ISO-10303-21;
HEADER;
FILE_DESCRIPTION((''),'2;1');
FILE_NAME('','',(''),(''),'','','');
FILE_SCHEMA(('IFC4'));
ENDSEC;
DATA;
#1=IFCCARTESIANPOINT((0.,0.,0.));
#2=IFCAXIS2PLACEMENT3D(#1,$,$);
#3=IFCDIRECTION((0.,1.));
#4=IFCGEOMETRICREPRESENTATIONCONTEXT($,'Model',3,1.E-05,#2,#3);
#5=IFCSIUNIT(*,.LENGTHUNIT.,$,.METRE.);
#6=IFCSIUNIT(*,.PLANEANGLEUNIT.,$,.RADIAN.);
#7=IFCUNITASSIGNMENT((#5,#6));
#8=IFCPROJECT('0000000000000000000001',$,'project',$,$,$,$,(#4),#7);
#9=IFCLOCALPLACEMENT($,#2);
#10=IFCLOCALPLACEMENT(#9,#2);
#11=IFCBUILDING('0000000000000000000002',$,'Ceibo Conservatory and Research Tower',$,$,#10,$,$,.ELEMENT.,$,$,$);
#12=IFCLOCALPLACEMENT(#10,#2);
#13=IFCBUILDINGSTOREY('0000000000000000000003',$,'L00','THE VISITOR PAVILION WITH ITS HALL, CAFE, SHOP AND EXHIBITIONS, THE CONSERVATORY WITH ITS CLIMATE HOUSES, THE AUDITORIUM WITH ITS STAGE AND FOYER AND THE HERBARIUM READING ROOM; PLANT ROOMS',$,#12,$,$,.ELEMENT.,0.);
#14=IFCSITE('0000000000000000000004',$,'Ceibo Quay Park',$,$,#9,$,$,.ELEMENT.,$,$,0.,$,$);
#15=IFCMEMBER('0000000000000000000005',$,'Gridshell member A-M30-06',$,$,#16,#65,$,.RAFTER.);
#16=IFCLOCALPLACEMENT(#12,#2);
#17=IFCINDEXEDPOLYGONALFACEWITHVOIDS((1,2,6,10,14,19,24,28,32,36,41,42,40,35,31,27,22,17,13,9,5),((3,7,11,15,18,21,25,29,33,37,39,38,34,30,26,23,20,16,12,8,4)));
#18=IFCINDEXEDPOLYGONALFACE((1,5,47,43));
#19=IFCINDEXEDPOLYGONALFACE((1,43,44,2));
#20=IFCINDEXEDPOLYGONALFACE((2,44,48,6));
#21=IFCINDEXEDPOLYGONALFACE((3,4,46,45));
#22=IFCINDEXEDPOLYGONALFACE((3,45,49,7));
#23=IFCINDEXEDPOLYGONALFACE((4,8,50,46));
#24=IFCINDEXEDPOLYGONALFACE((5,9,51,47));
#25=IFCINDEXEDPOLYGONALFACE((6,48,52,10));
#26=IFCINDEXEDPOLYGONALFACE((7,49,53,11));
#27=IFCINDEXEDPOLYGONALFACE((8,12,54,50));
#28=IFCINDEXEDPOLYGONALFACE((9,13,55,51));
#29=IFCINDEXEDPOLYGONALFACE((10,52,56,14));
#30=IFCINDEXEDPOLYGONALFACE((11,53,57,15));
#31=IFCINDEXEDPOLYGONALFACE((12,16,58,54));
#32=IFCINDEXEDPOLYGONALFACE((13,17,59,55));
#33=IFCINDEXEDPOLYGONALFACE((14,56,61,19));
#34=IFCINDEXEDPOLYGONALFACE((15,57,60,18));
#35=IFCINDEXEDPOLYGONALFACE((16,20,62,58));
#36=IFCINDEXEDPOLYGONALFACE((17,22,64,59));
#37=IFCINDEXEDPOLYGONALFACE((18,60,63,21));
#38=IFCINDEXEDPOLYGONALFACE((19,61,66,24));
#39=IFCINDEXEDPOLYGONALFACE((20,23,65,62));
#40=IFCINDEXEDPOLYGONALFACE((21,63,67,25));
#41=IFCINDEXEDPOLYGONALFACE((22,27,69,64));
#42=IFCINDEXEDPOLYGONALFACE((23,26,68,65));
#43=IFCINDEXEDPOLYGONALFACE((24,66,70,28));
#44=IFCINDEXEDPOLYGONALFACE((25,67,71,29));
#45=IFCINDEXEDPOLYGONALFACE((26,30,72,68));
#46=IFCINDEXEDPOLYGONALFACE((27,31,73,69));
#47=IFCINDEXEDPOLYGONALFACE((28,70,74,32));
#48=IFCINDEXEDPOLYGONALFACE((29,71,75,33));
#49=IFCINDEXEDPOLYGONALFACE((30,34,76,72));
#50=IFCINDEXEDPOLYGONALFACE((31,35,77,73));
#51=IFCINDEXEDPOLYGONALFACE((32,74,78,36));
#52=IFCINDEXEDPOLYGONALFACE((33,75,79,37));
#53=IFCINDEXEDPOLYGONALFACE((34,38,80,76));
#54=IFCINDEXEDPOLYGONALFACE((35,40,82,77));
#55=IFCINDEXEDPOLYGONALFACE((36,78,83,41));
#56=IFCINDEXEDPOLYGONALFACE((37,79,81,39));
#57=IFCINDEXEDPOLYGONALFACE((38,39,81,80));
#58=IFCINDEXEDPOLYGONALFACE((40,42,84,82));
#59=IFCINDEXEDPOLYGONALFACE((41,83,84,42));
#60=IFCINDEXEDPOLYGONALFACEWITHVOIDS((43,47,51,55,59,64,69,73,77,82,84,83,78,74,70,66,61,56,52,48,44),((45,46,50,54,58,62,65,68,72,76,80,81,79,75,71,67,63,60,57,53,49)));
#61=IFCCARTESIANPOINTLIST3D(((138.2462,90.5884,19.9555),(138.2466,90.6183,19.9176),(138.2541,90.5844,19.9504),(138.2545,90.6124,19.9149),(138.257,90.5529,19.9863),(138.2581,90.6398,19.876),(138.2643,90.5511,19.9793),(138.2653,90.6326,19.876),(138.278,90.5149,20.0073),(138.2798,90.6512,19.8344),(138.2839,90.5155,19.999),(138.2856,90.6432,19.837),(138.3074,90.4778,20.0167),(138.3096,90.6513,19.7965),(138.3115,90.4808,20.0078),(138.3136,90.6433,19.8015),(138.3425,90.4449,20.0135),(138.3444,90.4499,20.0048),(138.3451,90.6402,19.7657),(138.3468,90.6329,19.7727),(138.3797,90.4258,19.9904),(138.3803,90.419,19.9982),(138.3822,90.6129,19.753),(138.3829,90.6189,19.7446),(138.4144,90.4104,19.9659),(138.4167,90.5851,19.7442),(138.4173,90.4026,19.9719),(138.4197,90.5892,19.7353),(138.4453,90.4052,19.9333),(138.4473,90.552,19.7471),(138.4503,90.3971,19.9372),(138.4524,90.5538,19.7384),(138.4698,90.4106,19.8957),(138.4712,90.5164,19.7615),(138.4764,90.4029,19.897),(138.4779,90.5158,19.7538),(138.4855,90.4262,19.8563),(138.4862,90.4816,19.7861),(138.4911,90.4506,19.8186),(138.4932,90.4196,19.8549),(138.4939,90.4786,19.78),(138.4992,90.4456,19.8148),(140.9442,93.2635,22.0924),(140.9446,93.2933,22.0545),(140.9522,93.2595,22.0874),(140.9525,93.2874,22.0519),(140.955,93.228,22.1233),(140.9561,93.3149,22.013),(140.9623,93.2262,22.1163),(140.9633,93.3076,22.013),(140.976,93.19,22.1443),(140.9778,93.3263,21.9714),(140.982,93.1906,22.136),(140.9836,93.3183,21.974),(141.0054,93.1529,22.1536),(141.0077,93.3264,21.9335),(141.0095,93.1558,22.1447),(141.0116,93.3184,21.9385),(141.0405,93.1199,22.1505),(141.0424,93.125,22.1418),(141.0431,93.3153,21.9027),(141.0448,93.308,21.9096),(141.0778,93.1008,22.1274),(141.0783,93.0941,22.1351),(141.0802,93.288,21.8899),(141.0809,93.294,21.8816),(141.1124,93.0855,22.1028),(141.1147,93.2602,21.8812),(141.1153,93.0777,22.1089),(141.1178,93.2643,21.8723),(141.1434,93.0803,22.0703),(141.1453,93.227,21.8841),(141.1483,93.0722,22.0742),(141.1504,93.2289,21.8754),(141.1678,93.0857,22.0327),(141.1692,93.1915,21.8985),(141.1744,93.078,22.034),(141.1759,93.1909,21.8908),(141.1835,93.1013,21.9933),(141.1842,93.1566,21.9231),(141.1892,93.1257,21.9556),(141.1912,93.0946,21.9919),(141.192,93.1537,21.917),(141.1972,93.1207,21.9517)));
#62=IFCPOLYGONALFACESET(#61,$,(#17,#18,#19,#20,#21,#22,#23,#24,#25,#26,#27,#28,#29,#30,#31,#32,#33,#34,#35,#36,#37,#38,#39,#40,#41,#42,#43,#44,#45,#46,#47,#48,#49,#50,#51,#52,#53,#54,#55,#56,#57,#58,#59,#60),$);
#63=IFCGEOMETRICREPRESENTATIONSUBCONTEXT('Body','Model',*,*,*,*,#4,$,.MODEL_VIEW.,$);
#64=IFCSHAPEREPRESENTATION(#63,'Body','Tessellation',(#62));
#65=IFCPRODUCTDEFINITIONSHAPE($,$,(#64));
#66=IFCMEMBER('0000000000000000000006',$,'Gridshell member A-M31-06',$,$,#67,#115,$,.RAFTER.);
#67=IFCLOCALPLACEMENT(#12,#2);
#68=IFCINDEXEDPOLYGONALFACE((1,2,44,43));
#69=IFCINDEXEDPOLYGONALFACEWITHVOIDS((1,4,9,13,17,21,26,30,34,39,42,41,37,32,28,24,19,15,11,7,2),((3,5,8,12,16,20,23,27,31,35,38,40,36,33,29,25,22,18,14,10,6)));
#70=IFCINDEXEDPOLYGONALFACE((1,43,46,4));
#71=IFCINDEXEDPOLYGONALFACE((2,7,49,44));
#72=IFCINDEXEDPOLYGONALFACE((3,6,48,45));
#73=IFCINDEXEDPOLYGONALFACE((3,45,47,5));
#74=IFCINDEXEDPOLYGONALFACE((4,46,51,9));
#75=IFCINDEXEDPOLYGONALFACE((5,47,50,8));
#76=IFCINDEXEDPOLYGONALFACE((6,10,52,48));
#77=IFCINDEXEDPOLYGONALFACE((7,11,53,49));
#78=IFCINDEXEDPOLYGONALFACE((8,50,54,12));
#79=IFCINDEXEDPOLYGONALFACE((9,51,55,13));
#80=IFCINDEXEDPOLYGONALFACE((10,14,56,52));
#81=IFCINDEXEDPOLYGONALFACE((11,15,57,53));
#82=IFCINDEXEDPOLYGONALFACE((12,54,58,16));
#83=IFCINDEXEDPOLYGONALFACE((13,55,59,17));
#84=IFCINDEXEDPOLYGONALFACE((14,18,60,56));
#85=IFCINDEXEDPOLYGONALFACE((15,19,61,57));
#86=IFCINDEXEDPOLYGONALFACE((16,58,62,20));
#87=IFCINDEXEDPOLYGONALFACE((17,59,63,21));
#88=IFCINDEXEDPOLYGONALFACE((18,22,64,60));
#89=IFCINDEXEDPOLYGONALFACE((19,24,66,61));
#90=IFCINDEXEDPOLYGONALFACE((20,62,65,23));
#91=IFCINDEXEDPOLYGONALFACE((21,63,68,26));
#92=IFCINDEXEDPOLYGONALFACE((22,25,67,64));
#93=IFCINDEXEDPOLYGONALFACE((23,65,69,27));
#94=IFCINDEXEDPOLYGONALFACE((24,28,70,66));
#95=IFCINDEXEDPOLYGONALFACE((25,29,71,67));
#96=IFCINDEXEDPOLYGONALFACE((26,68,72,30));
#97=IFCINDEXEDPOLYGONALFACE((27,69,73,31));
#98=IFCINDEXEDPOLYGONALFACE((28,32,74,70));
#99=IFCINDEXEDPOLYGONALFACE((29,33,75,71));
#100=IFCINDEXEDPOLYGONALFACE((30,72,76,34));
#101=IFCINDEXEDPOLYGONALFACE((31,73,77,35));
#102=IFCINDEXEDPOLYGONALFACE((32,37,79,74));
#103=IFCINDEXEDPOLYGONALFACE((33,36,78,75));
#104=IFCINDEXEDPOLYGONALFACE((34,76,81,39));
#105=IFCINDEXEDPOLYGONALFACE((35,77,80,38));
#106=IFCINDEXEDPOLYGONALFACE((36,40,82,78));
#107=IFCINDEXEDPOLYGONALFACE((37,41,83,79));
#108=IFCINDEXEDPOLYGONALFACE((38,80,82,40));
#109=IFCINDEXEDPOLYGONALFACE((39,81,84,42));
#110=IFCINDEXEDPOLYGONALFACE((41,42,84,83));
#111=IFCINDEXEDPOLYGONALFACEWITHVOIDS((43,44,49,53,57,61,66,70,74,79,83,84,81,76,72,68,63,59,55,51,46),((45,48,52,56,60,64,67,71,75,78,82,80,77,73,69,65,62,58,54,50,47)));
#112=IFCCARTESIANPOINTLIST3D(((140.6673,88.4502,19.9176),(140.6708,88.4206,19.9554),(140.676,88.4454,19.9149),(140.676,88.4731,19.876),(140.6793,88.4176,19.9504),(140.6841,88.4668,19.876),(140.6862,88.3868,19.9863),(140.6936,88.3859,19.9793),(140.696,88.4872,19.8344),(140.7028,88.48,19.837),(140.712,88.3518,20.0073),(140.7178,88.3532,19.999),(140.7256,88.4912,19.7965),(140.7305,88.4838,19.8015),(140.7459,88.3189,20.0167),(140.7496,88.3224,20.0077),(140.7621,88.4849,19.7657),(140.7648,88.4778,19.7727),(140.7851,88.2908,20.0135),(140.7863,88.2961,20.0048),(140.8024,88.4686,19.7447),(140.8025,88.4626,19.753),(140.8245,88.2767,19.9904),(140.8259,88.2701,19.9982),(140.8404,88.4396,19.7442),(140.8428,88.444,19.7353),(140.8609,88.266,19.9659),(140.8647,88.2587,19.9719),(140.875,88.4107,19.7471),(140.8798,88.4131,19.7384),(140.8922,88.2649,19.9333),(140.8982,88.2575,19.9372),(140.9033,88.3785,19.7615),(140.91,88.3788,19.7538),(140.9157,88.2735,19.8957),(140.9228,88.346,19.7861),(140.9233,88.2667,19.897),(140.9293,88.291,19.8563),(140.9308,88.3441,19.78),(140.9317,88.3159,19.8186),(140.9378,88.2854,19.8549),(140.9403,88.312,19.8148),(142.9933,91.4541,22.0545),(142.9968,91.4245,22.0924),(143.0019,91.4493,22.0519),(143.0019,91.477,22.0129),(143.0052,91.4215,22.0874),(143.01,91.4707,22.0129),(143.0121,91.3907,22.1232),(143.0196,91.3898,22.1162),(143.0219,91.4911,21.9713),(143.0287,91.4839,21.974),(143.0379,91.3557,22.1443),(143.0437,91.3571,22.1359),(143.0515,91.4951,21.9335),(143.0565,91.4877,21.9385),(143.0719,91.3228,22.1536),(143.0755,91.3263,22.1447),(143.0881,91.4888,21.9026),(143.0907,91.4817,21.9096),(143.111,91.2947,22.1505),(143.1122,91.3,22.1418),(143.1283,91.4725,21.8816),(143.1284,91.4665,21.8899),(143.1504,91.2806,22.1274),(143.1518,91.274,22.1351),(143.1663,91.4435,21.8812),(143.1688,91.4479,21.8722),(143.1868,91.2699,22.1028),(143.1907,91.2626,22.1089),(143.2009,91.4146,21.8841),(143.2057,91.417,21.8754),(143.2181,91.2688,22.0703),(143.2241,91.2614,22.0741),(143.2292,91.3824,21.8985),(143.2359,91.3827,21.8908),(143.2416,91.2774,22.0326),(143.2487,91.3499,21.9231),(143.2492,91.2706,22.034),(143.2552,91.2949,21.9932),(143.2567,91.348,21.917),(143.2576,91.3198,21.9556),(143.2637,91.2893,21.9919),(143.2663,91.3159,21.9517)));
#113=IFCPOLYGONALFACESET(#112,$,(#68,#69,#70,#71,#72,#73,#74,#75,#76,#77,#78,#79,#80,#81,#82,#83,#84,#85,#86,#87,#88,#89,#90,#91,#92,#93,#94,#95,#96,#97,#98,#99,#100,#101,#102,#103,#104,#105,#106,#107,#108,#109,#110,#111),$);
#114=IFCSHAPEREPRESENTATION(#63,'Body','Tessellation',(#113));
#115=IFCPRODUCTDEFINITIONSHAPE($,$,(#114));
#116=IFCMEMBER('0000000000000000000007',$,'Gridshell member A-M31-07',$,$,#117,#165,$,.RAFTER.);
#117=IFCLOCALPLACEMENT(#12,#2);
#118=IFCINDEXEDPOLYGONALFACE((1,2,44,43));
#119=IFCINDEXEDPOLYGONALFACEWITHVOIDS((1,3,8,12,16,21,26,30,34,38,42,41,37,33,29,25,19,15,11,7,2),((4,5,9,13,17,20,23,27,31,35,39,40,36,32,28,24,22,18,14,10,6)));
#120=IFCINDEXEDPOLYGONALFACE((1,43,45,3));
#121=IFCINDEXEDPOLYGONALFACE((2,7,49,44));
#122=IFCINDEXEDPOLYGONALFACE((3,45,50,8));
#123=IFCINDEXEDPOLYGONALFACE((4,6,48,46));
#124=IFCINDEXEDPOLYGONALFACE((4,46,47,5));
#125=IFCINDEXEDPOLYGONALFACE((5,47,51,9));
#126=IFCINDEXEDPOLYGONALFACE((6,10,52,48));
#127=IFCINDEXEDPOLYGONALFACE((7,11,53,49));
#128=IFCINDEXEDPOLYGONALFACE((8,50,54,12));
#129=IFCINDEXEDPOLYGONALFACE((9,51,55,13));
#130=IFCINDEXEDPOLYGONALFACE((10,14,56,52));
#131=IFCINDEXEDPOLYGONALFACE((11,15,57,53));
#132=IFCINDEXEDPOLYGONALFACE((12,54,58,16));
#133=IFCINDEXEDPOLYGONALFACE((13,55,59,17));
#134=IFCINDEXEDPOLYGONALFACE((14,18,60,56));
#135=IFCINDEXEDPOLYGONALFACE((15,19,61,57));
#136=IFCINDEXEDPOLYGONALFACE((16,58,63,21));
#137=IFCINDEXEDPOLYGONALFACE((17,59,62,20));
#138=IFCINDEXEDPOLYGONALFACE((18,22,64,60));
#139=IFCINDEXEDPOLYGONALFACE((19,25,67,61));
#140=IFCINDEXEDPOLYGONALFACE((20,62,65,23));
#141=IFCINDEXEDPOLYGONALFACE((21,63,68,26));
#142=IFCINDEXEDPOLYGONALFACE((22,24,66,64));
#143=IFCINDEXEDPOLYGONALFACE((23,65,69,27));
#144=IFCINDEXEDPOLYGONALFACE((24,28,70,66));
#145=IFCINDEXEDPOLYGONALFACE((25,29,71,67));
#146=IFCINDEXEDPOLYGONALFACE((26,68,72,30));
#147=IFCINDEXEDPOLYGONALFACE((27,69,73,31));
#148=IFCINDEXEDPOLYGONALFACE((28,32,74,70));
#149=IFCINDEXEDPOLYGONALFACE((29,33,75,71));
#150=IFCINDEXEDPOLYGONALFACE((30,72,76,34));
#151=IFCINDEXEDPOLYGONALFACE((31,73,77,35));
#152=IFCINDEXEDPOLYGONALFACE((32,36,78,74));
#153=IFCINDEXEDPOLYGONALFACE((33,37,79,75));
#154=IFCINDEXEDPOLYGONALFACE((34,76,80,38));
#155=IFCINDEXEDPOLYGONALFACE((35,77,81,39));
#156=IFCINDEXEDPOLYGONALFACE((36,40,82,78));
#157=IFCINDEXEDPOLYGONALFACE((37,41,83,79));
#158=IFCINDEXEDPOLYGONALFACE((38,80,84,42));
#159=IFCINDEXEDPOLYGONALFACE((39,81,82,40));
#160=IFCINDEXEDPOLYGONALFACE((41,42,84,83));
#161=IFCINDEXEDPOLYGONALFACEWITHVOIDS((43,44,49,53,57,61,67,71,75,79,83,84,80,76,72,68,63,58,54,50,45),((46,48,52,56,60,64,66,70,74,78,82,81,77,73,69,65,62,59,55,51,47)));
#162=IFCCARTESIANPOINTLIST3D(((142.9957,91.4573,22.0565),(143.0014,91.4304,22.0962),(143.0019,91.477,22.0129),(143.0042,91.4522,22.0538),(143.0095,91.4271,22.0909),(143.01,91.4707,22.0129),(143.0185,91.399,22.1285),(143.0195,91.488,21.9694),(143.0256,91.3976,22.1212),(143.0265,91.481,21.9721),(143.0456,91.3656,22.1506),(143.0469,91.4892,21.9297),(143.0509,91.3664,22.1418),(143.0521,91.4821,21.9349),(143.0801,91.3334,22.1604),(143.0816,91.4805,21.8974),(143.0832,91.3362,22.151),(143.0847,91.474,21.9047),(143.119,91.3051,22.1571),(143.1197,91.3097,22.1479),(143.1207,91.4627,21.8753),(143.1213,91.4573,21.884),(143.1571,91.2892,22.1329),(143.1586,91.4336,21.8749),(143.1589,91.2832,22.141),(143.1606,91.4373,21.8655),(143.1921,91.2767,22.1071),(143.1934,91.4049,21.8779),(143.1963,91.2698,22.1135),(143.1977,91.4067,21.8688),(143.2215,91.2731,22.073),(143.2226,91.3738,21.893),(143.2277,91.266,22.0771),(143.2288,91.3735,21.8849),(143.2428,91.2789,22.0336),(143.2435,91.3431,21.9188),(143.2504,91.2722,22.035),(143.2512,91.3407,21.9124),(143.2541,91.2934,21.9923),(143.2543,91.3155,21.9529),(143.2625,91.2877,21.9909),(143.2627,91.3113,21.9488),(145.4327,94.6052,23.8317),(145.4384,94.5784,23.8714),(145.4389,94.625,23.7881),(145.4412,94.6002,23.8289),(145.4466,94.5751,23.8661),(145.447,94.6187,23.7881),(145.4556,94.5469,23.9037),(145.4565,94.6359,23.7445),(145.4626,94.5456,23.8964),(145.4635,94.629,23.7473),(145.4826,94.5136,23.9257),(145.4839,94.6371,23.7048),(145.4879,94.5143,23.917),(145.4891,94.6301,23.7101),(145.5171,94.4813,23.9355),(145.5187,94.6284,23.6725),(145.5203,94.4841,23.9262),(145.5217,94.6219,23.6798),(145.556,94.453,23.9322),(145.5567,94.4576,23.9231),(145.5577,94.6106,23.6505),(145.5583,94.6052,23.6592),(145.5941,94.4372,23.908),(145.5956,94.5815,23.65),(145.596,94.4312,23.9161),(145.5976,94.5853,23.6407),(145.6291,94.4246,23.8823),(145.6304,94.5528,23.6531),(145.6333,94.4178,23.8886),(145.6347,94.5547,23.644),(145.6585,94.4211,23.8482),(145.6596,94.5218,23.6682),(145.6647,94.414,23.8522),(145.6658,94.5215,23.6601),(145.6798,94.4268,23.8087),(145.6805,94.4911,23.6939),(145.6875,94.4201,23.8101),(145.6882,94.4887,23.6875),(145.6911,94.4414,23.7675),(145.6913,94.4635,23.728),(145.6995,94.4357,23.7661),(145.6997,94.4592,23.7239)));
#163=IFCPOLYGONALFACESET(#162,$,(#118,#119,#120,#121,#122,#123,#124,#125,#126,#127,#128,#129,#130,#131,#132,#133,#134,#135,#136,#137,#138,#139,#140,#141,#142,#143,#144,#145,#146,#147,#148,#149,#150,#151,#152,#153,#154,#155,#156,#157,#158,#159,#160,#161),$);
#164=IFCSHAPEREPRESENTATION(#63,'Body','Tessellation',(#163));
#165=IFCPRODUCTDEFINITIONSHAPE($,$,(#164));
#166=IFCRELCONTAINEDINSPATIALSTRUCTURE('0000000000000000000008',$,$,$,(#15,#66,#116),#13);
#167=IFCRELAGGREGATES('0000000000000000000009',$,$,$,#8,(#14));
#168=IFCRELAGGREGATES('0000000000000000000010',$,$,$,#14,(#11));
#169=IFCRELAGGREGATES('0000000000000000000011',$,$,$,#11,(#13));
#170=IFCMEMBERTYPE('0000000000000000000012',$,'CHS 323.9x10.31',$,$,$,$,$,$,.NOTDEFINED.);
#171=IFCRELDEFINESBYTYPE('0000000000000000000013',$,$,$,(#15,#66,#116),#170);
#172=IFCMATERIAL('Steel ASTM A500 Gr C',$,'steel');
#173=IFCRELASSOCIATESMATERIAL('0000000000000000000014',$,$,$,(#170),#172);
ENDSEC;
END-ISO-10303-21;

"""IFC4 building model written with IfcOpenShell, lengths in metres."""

from ifc_helpers import new_model, si_unit, direction, frame, origin, origin_2d, place, context, subcontext, project, spatial, hollow_circle, extrude, material, material_profile, profile_set, type_object, element, save


model = new_model("IFC4")

# Units and contexts
model_context = context("Model", 3, precision=1e-05, world=origin(), true_north=direction((0.0, 1.0)))
body_context = subcontext(model_context, "Body", "Model", "MODEL_VIEW")
ifc_project = project(units=[si_unit("LENGTHUNIT", "METRE"), si_unit("PLANEANGLEUNIT", "RADIAN")], contexts=[model_context])

# Site, building, storey
site_placement = place(None, origin())
site = spatial("IfcSite", under=ifc_project, at=site_placement, Name="Ceibo Quay Park", CompositionType="ELEMENT", RefElevation=0.0)
building_placement = place(site_placement, origin())
building = spatial("IfcBuilding", under=site, at=building_placement, Name="Ceibo Conservatory and Research Tower", CompositionType="ELEMENT")
storey_placement = place(building_placement, origin())
storey = spatial("IfcBuildingStorey", under=building, at=storey_placement, Name="L00", Description="THE VISITOR PAVILION WITH ITS HALL, CAFE, SHOP AND EXHIBITIONS, THE CONSERVATORY WITH ITS CLIMATE HOUSES, THE AUDITORIUM WITH ITS STAGE AND FOYER AND THE HERBARIUM READING ROOM; PLANT ROOMS", CompositionType="ELEMENT", Elevation=0.0)

# Members
ifc_material_1 = material(Name="Steel ASTM A500 Gr C", Category="steel")
ifc_material_profile_1 = material_profile(ifc_material_1, hollow_circle(Radius=0.1619, WallThickness=0.0103, at=origin_2d()), Name="CHS 323.9x10.31")
ifc_profile_set_1 = profile_set([ifc_material_profile_1], Name="Steel ASTM A500 Gr C")
member_type_1 = type_object("IfcMemberType", Name="CHS 323.9x10.31", PredefinedType="NOTDEFINED", material=ifc_profile_set_1)
member_1_placement = place(storey_placement, frame((138.3721, 90.5249, 19.876), z_axis=(0.618936, 0.613671, 0.490231), x_axis=(-0.70408, 0.71012, 0.0)))
element("IfcMember", 1, at=member_1_placement, inside=storey, type_object=member_type_1, Name="Gridshell member A-M30-06", PredefinedType="RAFTER", context=body_context, shape_type="SweptSolid", body=[
    extrude(hollow_circle(Radius=0.1619, WallThickness=0.0103, at=origin_2d()), origin(), (0.0, 0.0, 1.0), 4.3591),
])
for number, where, z_axis, x_axis, name in (
    (2, (140.804, 88.374, 19.876), (0.533604, 0.689143, 0.490253), (-0.790683, 0.612226, 0.0), "Gridshell member A-M31-06"),
    (3, (143.1299, 91.3779, 22.0129), (0.559092, 0.722194, 0.407249), (-0.790737, 0.612156, 0.0), "Gridshell member A-M31-07"),
):
    element("IfcMember", number, at=place(storey_placement, frame(where, z_axis=z_axis, x_axis=x_axis)), inside=storey, type_object=member_type_1, Name=name, PredefinedType="RAFTER", context=body_context, shape_type="SweptSolid", body=[
        extrude(hollow_circle(Radius=0.1619, WallThickness=0.0103, at=origin_2d()), origin(), (0.0, 0.0, 1.0), 4.3589),
    ])

save(model, "model.ifc")
